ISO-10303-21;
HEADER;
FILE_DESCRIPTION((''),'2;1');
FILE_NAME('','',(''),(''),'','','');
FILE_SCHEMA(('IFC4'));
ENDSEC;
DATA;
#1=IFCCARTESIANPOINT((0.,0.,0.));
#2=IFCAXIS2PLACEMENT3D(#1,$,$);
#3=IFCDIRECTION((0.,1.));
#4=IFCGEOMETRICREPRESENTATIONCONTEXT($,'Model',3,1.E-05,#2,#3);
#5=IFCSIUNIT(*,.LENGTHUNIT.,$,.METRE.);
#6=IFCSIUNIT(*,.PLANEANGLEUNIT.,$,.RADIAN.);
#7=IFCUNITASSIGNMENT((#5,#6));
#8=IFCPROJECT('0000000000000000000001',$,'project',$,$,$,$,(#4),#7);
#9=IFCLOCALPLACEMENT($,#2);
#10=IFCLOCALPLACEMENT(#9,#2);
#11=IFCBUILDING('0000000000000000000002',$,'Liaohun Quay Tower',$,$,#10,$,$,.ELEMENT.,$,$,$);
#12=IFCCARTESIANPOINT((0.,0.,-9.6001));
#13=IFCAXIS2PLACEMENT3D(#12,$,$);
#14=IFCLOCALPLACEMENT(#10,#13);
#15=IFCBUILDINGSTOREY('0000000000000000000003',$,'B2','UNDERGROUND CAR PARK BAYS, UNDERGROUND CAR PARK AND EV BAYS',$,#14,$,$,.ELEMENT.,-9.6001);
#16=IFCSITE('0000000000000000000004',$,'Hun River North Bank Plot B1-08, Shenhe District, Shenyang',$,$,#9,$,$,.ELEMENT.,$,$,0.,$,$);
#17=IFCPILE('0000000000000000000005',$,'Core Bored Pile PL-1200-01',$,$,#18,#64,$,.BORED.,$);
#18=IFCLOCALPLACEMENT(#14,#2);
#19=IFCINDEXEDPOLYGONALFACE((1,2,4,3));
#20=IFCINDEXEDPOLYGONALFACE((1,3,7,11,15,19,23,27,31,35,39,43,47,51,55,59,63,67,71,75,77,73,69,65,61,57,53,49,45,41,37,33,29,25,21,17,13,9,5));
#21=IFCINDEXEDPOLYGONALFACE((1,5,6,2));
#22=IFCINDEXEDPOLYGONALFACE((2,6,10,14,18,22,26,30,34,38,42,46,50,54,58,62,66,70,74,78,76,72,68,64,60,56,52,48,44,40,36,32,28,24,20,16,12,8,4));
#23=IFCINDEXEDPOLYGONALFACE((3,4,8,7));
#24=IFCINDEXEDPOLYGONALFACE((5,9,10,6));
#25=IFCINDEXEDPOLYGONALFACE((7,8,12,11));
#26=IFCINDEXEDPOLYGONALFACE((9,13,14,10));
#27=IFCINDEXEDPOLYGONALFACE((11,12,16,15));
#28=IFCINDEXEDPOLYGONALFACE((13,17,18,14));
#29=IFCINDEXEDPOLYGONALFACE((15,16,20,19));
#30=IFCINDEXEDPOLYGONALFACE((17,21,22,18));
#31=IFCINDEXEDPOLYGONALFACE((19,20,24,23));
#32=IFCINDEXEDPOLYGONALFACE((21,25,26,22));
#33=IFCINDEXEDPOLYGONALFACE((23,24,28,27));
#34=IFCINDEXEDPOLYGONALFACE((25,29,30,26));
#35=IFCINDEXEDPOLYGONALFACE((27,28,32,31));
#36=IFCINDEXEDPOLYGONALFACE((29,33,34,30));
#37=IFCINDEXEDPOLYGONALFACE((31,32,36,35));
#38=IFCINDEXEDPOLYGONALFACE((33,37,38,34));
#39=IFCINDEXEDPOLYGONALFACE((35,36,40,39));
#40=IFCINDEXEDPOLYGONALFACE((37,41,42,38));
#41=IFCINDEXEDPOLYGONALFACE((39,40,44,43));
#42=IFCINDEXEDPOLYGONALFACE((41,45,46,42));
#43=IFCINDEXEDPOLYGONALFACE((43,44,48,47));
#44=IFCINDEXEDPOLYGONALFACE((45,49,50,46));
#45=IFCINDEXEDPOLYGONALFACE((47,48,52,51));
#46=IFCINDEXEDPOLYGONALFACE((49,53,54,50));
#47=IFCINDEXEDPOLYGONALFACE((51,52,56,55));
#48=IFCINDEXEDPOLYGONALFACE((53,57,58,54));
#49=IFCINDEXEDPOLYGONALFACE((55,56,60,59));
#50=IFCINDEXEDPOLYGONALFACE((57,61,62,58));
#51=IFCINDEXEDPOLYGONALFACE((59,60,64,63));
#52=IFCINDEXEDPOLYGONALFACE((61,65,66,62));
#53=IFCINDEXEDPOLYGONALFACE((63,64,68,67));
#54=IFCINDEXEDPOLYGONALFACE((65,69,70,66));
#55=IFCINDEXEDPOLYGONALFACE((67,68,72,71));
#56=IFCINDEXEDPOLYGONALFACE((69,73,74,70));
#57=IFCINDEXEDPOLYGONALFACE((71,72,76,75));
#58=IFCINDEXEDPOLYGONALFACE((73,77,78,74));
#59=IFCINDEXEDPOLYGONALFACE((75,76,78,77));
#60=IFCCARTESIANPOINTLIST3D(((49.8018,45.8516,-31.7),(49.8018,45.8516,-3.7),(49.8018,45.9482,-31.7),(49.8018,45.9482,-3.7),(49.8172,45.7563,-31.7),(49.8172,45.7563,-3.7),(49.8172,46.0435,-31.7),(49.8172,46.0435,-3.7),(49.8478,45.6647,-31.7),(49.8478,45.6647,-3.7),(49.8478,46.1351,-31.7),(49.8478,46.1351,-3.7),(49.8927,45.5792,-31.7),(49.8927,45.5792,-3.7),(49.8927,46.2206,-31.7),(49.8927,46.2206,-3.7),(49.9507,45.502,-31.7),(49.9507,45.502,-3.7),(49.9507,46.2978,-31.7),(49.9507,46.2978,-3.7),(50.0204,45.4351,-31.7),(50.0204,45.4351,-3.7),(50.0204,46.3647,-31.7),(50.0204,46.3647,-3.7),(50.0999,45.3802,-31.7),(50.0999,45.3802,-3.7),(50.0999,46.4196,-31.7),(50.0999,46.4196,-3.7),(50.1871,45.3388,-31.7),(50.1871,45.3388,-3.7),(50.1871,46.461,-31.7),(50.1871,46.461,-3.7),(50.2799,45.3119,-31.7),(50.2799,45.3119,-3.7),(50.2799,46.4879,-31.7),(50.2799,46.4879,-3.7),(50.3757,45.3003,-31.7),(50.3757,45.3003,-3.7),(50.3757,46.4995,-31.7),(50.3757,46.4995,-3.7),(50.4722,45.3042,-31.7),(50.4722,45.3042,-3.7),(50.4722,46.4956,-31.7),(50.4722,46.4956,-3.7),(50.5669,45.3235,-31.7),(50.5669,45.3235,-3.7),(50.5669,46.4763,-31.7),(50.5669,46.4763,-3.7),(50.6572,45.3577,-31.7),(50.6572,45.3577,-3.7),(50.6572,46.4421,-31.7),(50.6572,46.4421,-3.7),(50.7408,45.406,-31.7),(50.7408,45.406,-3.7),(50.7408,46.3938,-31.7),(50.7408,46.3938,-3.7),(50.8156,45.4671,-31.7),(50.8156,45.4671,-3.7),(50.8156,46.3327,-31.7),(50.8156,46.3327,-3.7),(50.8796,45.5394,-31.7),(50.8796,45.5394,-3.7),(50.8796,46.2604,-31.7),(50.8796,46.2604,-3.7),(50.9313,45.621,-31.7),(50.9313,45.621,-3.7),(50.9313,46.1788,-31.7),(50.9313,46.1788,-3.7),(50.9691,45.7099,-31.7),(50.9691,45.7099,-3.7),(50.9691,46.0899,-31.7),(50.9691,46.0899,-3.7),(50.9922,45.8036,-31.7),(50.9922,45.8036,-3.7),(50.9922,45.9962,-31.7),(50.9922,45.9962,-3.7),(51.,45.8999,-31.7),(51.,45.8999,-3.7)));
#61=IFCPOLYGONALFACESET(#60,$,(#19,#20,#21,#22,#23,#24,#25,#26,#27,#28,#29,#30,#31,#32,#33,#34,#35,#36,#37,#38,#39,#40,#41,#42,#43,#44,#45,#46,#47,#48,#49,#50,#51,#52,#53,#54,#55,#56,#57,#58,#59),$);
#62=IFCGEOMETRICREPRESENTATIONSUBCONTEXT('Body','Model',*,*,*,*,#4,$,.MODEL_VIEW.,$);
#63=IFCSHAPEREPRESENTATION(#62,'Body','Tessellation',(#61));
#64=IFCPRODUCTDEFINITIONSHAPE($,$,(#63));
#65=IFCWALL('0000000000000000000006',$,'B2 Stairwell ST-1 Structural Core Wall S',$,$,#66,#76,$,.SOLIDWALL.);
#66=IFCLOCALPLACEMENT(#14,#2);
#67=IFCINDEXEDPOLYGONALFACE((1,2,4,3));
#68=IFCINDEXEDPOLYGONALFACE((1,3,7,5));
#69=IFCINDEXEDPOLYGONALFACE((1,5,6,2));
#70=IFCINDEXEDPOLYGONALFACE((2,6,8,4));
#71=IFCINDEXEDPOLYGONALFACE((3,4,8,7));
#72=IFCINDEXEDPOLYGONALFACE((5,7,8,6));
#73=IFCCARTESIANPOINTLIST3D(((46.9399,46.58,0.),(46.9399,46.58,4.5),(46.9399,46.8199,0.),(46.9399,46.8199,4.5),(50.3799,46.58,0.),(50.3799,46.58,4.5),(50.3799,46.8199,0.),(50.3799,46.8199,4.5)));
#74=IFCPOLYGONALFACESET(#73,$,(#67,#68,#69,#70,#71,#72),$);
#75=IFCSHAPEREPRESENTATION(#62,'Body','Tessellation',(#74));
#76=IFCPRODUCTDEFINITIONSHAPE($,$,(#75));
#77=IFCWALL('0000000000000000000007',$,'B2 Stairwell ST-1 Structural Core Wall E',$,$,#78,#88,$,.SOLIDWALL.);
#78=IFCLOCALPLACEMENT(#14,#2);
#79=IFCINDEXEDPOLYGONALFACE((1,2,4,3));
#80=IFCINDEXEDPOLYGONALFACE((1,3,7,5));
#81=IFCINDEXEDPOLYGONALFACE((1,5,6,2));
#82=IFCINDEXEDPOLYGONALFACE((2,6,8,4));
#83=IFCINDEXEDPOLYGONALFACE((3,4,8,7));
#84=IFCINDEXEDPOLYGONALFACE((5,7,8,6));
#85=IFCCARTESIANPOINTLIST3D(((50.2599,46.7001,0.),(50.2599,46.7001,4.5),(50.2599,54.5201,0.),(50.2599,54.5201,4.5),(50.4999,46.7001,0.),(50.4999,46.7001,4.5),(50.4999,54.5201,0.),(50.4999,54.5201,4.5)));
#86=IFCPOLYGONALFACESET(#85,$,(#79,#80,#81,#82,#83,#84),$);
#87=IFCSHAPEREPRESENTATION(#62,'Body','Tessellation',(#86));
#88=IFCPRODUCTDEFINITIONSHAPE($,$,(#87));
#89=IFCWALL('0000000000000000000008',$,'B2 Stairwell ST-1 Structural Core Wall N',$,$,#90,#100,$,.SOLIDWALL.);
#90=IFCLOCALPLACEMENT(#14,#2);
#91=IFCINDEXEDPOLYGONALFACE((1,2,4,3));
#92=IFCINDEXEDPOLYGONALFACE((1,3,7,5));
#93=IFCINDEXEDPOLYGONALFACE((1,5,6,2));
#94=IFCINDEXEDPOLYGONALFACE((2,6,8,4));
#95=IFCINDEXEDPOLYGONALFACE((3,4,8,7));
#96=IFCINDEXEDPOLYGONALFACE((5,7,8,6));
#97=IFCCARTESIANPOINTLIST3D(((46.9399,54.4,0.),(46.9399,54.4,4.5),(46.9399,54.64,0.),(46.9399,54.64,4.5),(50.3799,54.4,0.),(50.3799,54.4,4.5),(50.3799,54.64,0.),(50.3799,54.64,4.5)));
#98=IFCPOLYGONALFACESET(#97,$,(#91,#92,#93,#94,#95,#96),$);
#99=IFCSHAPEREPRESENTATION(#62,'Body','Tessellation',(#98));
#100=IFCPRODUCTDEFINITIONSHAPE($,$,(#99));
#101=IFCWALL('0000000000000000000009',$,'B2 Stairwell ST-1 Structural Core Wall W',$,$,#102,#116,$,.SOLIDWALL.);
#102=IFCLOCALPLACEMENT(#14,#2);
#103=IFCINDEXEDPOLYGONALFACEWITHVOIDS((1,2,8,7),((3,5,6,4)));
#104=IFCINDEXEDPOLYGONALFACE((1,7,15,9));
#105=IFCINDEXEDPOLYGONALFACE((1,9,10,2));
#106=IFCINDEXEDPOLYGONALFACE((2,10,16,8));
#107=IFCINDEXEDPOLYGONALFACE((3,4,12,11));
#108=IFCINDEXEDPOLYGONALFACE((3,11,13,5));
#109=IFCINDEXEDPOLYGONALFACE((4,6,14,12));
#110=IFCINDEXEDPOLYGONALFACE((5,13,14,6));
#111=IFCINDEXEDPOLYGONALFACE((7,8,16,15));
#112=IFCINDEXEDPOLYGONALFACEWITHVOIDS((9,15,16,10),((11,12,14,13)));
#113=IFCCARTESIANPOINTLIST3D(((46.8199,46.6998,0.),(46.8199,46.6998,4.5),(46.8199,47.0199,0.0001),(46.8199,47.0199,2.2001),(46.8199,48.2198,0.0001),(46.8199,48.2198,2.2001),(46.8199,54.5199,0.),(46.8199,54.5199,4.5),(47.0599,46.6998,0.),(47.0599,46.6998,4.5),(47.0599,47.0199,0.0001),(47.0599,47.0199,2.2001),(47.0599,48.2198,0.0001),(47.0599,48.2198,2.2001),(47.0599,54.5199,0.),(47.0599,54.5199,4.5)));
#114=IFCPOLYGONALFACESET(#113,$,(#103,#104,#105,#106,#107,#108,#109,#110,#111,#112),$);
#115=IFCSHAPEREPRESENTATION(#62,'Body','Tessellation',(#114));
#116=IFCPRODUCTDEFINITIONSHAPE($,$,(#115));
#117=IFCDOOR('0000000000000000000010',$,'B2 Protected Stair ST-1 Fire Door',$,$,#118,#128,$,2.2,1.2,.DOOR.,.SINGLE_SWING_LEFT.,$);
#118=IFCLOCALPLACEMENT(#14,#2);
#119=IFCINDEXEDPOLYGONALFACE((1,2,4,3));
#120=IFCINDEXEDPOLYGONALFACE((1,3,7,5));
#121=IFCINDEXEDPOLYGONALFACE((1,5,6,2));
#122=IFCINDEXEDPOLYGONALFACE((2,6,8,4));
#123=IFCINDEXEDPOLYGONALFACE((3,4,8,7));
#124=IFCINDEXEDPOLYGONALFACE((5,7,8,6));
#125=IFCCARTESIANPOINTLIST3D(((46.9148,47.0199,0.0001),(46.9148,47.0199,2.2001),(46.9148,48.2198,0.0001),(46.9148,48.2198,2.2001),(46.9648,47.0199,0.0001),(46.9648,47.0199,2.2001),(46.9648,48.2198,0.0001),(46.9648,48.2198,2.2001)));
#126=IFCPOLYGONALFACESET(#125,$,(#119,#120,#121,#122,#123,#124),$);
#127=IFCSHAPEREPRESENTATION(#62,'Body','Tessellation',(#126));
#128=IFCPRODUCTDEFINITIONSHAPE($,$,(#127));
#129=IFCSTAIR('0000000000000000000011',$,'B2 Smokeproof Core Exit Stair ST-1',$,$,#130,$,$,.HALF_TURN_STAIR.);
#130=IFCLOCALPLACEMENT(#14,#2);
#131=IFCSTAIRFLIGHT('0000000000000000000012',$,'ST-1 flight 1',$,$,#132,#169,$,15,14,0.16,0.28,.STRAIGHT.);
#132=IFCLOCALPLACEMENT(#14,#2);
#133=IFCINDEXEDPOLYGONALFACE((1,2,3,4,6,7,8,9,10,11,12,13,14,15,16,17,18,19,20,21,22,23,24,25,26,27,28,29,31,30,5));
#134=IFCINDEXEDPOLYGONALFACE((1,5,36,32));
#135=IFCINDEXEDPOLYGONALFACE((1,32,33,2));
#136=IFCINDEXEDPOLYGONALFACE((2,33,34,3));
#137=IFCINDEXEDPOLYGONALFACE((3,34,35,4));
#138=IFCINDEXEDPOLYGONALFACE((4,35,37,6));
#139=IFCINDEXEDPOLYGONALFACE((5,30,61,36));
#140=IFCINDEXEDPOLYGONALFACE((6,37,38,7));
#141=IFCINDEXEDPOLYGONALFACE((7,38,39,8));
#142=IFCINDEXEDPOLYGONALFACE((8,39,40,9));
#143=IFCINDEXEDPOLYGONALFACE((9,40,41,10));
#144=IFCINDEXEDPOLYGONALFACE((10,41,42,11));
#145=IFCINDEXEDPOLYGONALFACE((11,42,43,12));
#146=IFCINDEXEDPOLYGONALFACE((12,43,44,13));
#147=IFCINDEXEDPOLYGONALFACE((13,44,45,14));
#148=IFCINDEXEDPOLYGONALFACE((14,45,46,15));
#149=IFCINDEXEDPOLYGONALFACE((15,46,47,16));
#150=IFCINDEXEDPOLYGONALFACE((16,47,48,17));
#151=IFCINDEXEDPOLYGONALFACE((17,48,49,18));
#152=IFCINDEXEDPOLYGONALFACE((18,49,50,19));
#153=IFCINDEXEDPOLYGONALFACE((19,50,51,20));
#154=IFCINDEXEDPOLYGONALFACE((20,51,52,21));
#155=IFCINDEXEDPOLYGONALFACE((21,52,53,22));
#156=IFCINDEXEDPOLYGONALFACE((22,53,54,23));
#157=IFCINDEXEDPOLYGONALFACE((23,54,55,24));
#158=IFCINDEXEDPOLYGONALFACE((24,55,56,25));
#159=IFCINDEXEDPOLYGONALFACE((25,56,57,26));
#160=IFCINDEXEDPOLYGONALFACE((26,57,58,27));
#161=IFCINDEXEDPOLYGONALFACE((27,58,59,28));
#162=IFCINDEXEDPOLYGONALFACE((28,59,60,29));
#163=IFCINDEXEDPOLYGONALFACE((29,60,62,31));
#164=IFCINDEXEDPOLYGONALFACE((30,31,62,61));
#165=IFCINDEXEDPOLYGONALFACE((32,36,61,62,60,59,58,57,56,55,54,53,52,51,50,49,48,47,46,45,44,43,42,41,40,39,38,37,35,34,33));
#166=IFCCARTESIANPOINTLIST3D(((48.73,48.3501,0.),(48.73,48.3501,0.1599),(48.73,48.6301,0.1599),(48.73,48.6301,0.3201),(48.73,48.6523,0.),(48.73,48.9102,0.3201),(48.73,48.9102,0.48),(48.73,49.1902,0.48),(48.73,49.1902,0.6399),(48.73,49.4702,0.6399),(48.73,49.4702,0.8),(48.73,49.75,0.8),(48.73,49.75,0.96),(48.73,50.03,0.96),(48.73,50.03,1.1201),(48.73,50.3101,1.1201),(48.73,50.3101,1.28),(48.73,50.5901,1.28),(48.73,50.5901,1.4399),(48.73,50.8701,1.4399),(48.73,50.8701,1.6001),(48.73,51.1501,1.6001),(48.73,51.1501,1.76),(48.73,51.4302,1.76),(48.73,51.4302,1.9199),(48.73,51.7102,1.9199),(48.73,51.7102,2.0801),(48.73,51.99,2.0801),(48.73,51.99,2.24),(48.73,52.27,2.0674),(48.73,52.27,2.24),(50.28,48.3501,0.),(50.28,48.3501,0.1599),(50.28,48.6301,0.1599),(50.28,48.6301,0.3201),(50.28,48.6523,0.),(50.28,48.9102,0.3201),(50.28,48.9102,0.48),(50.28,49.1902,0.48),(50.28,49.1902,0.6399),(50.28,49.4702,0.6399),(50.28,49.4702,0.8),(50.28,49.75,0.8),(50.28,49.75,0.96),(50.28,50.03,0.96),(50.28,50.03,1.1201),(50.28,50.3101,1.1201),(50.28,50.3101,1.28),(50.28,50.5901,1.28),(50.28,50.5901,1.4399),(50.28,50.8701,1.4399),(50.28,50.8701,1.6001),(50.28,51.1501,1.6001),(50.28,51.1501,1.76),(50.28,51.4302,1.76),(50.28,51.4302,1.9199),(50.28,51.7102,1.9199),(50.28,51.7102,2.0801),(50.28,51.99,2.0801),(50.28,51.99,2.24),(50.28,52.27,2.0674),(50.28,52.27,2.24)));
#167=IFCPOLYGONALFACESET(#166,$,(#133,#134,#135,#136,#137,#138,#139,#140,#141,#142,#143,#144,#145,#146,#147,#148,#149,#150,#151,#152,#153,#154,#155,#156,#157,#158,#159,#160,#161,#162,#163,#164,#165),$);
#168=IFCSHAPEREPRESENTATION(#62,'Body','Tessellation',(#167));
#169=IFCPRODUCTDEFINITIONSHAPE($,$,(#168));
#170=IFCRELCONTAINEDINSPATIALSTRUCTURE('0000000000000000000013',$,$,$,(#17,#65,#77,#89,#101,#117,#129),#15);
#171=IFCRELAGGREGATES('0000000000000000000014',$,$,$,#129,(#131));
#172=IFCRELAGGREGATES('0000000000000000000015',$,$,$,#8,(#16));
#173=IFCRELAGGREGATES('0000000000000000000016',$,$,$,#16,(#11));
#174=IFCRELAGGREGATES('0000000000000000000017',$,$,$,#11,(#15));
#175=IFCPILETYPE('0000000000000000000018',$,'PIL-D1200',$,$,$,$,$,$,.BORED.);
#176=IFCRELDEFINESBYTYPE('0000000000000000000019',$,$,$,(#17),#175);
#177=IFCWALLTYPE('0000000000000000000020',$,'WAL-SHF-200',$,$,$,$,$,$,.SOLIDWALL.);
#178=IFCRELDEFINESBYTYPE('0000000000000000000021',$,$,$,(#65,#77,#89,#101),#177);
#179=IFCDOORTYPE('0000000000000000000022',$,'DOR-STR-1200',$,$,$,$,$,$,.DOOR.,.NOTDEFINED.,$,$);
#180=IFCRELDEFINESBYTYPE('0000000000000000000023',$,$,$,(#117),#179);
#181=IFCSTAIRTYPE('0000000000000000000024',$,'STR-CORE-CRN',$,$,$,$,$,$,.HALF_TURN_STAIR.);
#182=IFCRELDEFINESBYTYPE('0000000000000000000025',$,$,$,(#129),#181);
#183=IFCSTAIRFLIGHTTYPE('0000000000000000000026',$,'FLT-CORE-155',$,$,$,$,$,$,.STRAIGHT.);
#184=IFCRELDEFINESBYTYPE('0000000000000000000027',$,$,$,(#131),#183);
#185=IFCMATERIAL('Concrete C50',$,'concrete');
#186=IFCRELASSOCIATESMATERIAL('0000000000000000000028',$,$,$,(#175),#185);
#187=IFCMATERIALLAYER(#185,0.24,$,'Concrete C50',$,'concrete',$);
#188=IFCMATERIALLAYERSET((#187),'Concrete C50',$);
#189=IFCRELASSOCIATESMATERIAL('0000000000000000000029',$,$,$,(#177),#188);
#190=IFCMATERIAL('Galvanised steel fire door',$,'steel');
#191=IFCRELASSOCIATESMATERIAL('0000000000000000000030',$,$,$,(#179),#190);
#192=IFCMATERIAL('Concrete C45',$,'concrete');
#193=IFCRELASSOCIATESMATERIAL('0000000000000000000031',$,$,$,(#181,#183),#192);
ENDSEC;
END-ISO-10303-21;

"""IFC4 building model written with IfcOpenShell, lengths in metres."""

from ifc_helpers import new_model, si_unit, direction, frame, frame_2d, origin, origin_2d, place, context, subcontext, project, spatial, polyline, rectangle, circle, outline, extrude, source, transform, mapped, material, layer, layer_set, material_profile, profile_set, type_object, element, fill, aggregate, save


model = new_model("IFC4")

# Units and contexts
model_context = context("Model", 3, precision=1e-05, world=origin(), true_north=direction((0.0, 1.0)))
body_context = subcontext(model_context, "Body", "Model", "MODEL_VIEW")
ifc_project = project(units=[si_unit("LENGTHUNIT", "METRE"), si_unit("PLANEANGLEUNIT", "RADIAN")], contexts=[model_context])

# Site, building, storey
site_placement = place(None, origin())
site = spatial("IfcSite", under=ifc_project, at=site_placement, Name="Hun River North Bank Plot B1-08, Shenhe District, Shenyang", CompositionType="ELEMENT", RefElevation=0.0)
building_placement = place(site_placement, origin())
building = spatial("IfcBuilding", under=site, at=building_placement, Name="Liaohun Quay Tower", CompositionType="ELEMENT")
storey_placement = place(building_placement, frame((0.0, 0.0, -9.6001)))
storey = spatial("IfcBuildingStorey", under=building, at=storey_placement, Name="B2", Description="UNDERGROUND CAR PARK BAYS, UNDERGROUND CAR PARK AND EV BAYS", CompositionType="ELEMENT", Elevation=-9.6001)

# Pile
ifc_material_1 = material(Name="Concrete C50", Category="concrete")
ifc_material_profile = material_profile(ifc_material_1, circle(Radius=0.6001, at=origin_2d()), Name="PILE-D1200")
ifc_profile_set = profile_set([ifc_material_profile], Name="Concrete C50")
pile_type = type_object("IfcPileType", Name="PIL-D1200", PredefinedType="BORED", material=ifc_profile_set)
shared_shape_1 = source(origin(), body_context, "Body", "SweptSolid", [
    extrude(circle(Radius=0.6001, at=origin_2d()), origin(), (0.0, 0.0, 1.0), 28.0),
])
pile_placement = place(storey_placement, frame((50.3999, 45.8999, -3.7), z_axis=(0.0, 0.0, -1.0), x_axis=(1.0, 0.0, 0.0)))
element("IfcPile", 1, at=pile_placement, inside=storey, type_object=pile_type, Name="Core Bored Pile PL-1200-01", PredefinedType="BORED", context=body_context, shape_type="MappedRepresentation", body=[
    mapped(shared_shape_1, transform((0.0, 0.0, 0.0), x_axis=(1.0, 0.0, 0.0), y_axis=(0.0, 1.0, 0.0), z_axis=(0.0, 0.0, 1.0), scale=1.0)),
])

# Walls
ifc_layer_1 = layer(ifc_material_1, 0.24, Name="Concrete C50", Category="concrete")
ifc_layer_set_1 = layer_set([ifc_layer_1], Name="Concrete C50")
wall_type_1 = type_object("IfcWallType", Name="WAL-SHF-200", PredefinedType="SOLIDWALL", material=ifc_layer_set_1)
wall_1_placement = place(storey_placement, frame((46.9399, 46.7, 0.0), z_axis=(0.0, 0.0, 1.0), x_axis=(1.0, 0.0, 0.0)))
element("IfcWall", 2, at=wall_1_placement, inside=storey, type_object=wall_type_1, Name="B2 Stairwell ST-1 Structural Core Wall S", PredefinedType="SOLIDWALL", context=body_context, shape_type="SweptSolid", body=[
    extrude(rectangle(XDim=3.4399, YDim=0.24, at=frame_2d((1.72, 0.0))), origin(), (0.0, 0.0, 1.0), 4.5),
])
wall_2_placement = place(storey_placement, frame((50.3799, 46.7, 0.0), z_axis=(0.0, 0.0, 1.0), x_axis=(0.0, 1.0, 0.0)))
element("IfcWall", 3, at=wall_2_placement, inside=storey, type_object=wall_type_1, Name="B2 Stairwell ST-1 Structural Core Wall E", PredefinedType="SOLIDWALL", context=body_context, shape_type="SweptSolid", body=[
    extrude(rectangle(XDim=7.8201, YDim=0.24, at=frame_2d((3.9102, 0.0))), origin(), (0.0, 0.0, 1.0), 4.5),
])
wall_3_placement = place(storey_placement, frame((50.3799, 54.52, 0.0), z_axis=(0.0, 0.0, 1.0), x_axis=(-1.0, 0.0, 0.0)))
element("IfcWall", 4, at=wall_3_placement, inside=storey, type_object=wall_type_1, Name="B2 Stairwell ST-1 Structural Core Wall N", PredefinedType="SOLIDWALL", context=body_context, shape_type="SweptSolid", body=[
    extrude(rectangle(XDim=3.4399, YDim=0.24, at=frame_2d((1.72, 0.0))), origin(), (0.0, 0.0, 1.0), 4.5),
])

# Wall, opening, door
wall_4_placement = place(storey_placement, frame((46.9399, 54.52, 0.0), z_axis=(0.0, 0.0, 1.0), x_axis=(0.0, -1.0, 0.0)))
wall_4 = element("IfcWall", 5, at=wall_4_placement, inside=storey, type_object=wall_type_1, Name="B2 Stairwell ST-1 Structural Core Wall W", PredefinedType="SOLIDWALL", context=body_context, shape_type="SweptSolid", body=[
    extrude(rectangle(XDim=7.8201, YDim=0.24, at=frame_2d((3.9102, 0.0))), origin(), (0.0, 0.0, 1.0), 4.5),
])
shared_shape_2 = source(origin(), body_context, "Body", "SweptSolid", [
    extrude(rectangle(XDim=1.2, YDim=2.2, at=frame_2d((0.6001, 1.1001))), frame((0.0, 0.1299, 0.0), z_axis=(0.0, -1.0, 0.0), x_axis=(1.0, 0.0, 0.0)), (0.0, 0.0, 1.0), 0.26),
])
opening_1_placement = place(wall_4_placement, frame((6.3, 0.0, 0.0)))
opening_1 = element("IfcOpeningElement", 6, at=opening_1_placement, cuts=wall_4, PredefinedType="OPENING", context=body_context, shape_type="MappedRepresentation", body=[
    mapped(shared_shape_2, transform((0.0, 0.0, 0.0), x_axis=(1.0, 0.0, 0.0), y_axis=(0.0, 1.0, 0.0), z_axis=(0.0, 0.0, 1.0), scale=1.0)),
])
ifc_material_2 = material(Name="Galvanised steel fire door", Category="steel")
door_type_1 = type_object("IfcDoorType", Name="DOR-STR-1200", OperationType="NOTDEFINED", PredefinedType="DOOR", material=ifc_material_2)
shared_shape_3 = source(origin(), body_context, "Body", "SweptSolid", [
    extrude(rectangle(XDim=1.2, YDim=2.2, at=frame_2d((0.6001, 1.1001))), frame((0.0, 0.0249, 0.0), z_axis=(0.0, -1.0, 0.0), x_axis=(1.0, 0.0, 0.0)), (0.0, 0.0, 1.0), 0.05),
])
door_1_placement = place(opening_1_placement, origin())
door_1 = element("IfcDoor", 7, at=door_1_placement, inside=storey, type_object=door_type_1, Name="B2 Protected Stair ST-1 Fire Door", OperationType="SINGLE_SWING_LEFT", OverallHeight=2.2, OverallWidth=1.2, PredefinedType="DOOR", context=body_context, shape_type="MappedRepresentation", body=[
    mapped(shared_shape_3, transform((0.0, 0.0, 0.0), x_axis=(1.0, 0.0, 0.0), y_axis=(0.0, 1.0, 0.0), z_axis=(0.0, 0.0, 1.0), scale=1.0)),
])
fill(opening_1, door_1)

# Stair, stair flight
ifc_material_3 = material(Name="Concrete C45", Category="concrete")
stair_type = type_object("IfcStairType", Name="STR-CORE-CRN", PredefinedType="HALF_TURN_STAIR", material=ifc_material_3)
stair_placement = place(storey_placement, origin())
stair = element("IfcStair", 8, at=stair_placement, inside=storey, type_object=stair_type, Name="B2 Smokeproof Core Exit Stair ST-1", PredefinedType="HALF_TURN_STAIR")
stair_flight_type = type_object("IfcStairFlightType", Name="FLT-CORE-155", PredefinedType="STRAIGHT", material=ifc_material_3)
stair_flight_1_placement = place(storey_placement, frame((49.5049, 48.3501, 0.0), z_axis=(0.0, 0.0, 1.0), x_axis=(0.0, 1.0, 0.0)))
stair_flight_1 = element("IfcStairFlight", 9, at=stair_flight_1_placement, type_object=stair_flight_type, Name="ST-1 flight 1", NumberOfRisers=15, NumberOfTreads=14, PredefinedType="STRAIGHT", RiserHeight=0.16, TreadLength=0.28, context=body_context, shape_type="SweptSolid", body=[
    extrude(outline(polyline([(0.0, 0.0), (0.0, 0.1599), (0.28, 0.1599), (0.28, 0.3201), (0.5601, 0.3201), (0.5601, 0.48), (0.8401, 0.48), (0.8401, 0.6399), (1.1201, 0.6399), (1.1201, 0.8), (1.3999, 0.8), (1.3999, 0.96), (1.6799, 0.96), (1.6799, 1.1201), (1.96, 1.1201), (1.96, 1.28), (2.24, 1.28), (2.24, 1.4399), (2.52, 1.4399), (2.52, 1.6001), (2.8, 1.6001), (2.8, 1.76), (3.0801, 1.76), (3.0801, 1.9199), (3.3601, 1.9199), (3.3601, 2.0801), (3.6399, 2.0801), (3.6399, 2.24), (3.9199, 2.24), (3.9199, 2.3999), (3.9199, 2.0674), (0.3022, 0.0), (0.0, 0.0)])), frame((0.0, 0.7749, 0.0), z_axis=(0.0, -1.0, 0.0), x_axis=(1.0, 0.0, 0.0)), (0.0, 0.0, 1.0), 1.55),
])
aggregate(stair, [stair_flight_1])

save(model, "model.ifc")
